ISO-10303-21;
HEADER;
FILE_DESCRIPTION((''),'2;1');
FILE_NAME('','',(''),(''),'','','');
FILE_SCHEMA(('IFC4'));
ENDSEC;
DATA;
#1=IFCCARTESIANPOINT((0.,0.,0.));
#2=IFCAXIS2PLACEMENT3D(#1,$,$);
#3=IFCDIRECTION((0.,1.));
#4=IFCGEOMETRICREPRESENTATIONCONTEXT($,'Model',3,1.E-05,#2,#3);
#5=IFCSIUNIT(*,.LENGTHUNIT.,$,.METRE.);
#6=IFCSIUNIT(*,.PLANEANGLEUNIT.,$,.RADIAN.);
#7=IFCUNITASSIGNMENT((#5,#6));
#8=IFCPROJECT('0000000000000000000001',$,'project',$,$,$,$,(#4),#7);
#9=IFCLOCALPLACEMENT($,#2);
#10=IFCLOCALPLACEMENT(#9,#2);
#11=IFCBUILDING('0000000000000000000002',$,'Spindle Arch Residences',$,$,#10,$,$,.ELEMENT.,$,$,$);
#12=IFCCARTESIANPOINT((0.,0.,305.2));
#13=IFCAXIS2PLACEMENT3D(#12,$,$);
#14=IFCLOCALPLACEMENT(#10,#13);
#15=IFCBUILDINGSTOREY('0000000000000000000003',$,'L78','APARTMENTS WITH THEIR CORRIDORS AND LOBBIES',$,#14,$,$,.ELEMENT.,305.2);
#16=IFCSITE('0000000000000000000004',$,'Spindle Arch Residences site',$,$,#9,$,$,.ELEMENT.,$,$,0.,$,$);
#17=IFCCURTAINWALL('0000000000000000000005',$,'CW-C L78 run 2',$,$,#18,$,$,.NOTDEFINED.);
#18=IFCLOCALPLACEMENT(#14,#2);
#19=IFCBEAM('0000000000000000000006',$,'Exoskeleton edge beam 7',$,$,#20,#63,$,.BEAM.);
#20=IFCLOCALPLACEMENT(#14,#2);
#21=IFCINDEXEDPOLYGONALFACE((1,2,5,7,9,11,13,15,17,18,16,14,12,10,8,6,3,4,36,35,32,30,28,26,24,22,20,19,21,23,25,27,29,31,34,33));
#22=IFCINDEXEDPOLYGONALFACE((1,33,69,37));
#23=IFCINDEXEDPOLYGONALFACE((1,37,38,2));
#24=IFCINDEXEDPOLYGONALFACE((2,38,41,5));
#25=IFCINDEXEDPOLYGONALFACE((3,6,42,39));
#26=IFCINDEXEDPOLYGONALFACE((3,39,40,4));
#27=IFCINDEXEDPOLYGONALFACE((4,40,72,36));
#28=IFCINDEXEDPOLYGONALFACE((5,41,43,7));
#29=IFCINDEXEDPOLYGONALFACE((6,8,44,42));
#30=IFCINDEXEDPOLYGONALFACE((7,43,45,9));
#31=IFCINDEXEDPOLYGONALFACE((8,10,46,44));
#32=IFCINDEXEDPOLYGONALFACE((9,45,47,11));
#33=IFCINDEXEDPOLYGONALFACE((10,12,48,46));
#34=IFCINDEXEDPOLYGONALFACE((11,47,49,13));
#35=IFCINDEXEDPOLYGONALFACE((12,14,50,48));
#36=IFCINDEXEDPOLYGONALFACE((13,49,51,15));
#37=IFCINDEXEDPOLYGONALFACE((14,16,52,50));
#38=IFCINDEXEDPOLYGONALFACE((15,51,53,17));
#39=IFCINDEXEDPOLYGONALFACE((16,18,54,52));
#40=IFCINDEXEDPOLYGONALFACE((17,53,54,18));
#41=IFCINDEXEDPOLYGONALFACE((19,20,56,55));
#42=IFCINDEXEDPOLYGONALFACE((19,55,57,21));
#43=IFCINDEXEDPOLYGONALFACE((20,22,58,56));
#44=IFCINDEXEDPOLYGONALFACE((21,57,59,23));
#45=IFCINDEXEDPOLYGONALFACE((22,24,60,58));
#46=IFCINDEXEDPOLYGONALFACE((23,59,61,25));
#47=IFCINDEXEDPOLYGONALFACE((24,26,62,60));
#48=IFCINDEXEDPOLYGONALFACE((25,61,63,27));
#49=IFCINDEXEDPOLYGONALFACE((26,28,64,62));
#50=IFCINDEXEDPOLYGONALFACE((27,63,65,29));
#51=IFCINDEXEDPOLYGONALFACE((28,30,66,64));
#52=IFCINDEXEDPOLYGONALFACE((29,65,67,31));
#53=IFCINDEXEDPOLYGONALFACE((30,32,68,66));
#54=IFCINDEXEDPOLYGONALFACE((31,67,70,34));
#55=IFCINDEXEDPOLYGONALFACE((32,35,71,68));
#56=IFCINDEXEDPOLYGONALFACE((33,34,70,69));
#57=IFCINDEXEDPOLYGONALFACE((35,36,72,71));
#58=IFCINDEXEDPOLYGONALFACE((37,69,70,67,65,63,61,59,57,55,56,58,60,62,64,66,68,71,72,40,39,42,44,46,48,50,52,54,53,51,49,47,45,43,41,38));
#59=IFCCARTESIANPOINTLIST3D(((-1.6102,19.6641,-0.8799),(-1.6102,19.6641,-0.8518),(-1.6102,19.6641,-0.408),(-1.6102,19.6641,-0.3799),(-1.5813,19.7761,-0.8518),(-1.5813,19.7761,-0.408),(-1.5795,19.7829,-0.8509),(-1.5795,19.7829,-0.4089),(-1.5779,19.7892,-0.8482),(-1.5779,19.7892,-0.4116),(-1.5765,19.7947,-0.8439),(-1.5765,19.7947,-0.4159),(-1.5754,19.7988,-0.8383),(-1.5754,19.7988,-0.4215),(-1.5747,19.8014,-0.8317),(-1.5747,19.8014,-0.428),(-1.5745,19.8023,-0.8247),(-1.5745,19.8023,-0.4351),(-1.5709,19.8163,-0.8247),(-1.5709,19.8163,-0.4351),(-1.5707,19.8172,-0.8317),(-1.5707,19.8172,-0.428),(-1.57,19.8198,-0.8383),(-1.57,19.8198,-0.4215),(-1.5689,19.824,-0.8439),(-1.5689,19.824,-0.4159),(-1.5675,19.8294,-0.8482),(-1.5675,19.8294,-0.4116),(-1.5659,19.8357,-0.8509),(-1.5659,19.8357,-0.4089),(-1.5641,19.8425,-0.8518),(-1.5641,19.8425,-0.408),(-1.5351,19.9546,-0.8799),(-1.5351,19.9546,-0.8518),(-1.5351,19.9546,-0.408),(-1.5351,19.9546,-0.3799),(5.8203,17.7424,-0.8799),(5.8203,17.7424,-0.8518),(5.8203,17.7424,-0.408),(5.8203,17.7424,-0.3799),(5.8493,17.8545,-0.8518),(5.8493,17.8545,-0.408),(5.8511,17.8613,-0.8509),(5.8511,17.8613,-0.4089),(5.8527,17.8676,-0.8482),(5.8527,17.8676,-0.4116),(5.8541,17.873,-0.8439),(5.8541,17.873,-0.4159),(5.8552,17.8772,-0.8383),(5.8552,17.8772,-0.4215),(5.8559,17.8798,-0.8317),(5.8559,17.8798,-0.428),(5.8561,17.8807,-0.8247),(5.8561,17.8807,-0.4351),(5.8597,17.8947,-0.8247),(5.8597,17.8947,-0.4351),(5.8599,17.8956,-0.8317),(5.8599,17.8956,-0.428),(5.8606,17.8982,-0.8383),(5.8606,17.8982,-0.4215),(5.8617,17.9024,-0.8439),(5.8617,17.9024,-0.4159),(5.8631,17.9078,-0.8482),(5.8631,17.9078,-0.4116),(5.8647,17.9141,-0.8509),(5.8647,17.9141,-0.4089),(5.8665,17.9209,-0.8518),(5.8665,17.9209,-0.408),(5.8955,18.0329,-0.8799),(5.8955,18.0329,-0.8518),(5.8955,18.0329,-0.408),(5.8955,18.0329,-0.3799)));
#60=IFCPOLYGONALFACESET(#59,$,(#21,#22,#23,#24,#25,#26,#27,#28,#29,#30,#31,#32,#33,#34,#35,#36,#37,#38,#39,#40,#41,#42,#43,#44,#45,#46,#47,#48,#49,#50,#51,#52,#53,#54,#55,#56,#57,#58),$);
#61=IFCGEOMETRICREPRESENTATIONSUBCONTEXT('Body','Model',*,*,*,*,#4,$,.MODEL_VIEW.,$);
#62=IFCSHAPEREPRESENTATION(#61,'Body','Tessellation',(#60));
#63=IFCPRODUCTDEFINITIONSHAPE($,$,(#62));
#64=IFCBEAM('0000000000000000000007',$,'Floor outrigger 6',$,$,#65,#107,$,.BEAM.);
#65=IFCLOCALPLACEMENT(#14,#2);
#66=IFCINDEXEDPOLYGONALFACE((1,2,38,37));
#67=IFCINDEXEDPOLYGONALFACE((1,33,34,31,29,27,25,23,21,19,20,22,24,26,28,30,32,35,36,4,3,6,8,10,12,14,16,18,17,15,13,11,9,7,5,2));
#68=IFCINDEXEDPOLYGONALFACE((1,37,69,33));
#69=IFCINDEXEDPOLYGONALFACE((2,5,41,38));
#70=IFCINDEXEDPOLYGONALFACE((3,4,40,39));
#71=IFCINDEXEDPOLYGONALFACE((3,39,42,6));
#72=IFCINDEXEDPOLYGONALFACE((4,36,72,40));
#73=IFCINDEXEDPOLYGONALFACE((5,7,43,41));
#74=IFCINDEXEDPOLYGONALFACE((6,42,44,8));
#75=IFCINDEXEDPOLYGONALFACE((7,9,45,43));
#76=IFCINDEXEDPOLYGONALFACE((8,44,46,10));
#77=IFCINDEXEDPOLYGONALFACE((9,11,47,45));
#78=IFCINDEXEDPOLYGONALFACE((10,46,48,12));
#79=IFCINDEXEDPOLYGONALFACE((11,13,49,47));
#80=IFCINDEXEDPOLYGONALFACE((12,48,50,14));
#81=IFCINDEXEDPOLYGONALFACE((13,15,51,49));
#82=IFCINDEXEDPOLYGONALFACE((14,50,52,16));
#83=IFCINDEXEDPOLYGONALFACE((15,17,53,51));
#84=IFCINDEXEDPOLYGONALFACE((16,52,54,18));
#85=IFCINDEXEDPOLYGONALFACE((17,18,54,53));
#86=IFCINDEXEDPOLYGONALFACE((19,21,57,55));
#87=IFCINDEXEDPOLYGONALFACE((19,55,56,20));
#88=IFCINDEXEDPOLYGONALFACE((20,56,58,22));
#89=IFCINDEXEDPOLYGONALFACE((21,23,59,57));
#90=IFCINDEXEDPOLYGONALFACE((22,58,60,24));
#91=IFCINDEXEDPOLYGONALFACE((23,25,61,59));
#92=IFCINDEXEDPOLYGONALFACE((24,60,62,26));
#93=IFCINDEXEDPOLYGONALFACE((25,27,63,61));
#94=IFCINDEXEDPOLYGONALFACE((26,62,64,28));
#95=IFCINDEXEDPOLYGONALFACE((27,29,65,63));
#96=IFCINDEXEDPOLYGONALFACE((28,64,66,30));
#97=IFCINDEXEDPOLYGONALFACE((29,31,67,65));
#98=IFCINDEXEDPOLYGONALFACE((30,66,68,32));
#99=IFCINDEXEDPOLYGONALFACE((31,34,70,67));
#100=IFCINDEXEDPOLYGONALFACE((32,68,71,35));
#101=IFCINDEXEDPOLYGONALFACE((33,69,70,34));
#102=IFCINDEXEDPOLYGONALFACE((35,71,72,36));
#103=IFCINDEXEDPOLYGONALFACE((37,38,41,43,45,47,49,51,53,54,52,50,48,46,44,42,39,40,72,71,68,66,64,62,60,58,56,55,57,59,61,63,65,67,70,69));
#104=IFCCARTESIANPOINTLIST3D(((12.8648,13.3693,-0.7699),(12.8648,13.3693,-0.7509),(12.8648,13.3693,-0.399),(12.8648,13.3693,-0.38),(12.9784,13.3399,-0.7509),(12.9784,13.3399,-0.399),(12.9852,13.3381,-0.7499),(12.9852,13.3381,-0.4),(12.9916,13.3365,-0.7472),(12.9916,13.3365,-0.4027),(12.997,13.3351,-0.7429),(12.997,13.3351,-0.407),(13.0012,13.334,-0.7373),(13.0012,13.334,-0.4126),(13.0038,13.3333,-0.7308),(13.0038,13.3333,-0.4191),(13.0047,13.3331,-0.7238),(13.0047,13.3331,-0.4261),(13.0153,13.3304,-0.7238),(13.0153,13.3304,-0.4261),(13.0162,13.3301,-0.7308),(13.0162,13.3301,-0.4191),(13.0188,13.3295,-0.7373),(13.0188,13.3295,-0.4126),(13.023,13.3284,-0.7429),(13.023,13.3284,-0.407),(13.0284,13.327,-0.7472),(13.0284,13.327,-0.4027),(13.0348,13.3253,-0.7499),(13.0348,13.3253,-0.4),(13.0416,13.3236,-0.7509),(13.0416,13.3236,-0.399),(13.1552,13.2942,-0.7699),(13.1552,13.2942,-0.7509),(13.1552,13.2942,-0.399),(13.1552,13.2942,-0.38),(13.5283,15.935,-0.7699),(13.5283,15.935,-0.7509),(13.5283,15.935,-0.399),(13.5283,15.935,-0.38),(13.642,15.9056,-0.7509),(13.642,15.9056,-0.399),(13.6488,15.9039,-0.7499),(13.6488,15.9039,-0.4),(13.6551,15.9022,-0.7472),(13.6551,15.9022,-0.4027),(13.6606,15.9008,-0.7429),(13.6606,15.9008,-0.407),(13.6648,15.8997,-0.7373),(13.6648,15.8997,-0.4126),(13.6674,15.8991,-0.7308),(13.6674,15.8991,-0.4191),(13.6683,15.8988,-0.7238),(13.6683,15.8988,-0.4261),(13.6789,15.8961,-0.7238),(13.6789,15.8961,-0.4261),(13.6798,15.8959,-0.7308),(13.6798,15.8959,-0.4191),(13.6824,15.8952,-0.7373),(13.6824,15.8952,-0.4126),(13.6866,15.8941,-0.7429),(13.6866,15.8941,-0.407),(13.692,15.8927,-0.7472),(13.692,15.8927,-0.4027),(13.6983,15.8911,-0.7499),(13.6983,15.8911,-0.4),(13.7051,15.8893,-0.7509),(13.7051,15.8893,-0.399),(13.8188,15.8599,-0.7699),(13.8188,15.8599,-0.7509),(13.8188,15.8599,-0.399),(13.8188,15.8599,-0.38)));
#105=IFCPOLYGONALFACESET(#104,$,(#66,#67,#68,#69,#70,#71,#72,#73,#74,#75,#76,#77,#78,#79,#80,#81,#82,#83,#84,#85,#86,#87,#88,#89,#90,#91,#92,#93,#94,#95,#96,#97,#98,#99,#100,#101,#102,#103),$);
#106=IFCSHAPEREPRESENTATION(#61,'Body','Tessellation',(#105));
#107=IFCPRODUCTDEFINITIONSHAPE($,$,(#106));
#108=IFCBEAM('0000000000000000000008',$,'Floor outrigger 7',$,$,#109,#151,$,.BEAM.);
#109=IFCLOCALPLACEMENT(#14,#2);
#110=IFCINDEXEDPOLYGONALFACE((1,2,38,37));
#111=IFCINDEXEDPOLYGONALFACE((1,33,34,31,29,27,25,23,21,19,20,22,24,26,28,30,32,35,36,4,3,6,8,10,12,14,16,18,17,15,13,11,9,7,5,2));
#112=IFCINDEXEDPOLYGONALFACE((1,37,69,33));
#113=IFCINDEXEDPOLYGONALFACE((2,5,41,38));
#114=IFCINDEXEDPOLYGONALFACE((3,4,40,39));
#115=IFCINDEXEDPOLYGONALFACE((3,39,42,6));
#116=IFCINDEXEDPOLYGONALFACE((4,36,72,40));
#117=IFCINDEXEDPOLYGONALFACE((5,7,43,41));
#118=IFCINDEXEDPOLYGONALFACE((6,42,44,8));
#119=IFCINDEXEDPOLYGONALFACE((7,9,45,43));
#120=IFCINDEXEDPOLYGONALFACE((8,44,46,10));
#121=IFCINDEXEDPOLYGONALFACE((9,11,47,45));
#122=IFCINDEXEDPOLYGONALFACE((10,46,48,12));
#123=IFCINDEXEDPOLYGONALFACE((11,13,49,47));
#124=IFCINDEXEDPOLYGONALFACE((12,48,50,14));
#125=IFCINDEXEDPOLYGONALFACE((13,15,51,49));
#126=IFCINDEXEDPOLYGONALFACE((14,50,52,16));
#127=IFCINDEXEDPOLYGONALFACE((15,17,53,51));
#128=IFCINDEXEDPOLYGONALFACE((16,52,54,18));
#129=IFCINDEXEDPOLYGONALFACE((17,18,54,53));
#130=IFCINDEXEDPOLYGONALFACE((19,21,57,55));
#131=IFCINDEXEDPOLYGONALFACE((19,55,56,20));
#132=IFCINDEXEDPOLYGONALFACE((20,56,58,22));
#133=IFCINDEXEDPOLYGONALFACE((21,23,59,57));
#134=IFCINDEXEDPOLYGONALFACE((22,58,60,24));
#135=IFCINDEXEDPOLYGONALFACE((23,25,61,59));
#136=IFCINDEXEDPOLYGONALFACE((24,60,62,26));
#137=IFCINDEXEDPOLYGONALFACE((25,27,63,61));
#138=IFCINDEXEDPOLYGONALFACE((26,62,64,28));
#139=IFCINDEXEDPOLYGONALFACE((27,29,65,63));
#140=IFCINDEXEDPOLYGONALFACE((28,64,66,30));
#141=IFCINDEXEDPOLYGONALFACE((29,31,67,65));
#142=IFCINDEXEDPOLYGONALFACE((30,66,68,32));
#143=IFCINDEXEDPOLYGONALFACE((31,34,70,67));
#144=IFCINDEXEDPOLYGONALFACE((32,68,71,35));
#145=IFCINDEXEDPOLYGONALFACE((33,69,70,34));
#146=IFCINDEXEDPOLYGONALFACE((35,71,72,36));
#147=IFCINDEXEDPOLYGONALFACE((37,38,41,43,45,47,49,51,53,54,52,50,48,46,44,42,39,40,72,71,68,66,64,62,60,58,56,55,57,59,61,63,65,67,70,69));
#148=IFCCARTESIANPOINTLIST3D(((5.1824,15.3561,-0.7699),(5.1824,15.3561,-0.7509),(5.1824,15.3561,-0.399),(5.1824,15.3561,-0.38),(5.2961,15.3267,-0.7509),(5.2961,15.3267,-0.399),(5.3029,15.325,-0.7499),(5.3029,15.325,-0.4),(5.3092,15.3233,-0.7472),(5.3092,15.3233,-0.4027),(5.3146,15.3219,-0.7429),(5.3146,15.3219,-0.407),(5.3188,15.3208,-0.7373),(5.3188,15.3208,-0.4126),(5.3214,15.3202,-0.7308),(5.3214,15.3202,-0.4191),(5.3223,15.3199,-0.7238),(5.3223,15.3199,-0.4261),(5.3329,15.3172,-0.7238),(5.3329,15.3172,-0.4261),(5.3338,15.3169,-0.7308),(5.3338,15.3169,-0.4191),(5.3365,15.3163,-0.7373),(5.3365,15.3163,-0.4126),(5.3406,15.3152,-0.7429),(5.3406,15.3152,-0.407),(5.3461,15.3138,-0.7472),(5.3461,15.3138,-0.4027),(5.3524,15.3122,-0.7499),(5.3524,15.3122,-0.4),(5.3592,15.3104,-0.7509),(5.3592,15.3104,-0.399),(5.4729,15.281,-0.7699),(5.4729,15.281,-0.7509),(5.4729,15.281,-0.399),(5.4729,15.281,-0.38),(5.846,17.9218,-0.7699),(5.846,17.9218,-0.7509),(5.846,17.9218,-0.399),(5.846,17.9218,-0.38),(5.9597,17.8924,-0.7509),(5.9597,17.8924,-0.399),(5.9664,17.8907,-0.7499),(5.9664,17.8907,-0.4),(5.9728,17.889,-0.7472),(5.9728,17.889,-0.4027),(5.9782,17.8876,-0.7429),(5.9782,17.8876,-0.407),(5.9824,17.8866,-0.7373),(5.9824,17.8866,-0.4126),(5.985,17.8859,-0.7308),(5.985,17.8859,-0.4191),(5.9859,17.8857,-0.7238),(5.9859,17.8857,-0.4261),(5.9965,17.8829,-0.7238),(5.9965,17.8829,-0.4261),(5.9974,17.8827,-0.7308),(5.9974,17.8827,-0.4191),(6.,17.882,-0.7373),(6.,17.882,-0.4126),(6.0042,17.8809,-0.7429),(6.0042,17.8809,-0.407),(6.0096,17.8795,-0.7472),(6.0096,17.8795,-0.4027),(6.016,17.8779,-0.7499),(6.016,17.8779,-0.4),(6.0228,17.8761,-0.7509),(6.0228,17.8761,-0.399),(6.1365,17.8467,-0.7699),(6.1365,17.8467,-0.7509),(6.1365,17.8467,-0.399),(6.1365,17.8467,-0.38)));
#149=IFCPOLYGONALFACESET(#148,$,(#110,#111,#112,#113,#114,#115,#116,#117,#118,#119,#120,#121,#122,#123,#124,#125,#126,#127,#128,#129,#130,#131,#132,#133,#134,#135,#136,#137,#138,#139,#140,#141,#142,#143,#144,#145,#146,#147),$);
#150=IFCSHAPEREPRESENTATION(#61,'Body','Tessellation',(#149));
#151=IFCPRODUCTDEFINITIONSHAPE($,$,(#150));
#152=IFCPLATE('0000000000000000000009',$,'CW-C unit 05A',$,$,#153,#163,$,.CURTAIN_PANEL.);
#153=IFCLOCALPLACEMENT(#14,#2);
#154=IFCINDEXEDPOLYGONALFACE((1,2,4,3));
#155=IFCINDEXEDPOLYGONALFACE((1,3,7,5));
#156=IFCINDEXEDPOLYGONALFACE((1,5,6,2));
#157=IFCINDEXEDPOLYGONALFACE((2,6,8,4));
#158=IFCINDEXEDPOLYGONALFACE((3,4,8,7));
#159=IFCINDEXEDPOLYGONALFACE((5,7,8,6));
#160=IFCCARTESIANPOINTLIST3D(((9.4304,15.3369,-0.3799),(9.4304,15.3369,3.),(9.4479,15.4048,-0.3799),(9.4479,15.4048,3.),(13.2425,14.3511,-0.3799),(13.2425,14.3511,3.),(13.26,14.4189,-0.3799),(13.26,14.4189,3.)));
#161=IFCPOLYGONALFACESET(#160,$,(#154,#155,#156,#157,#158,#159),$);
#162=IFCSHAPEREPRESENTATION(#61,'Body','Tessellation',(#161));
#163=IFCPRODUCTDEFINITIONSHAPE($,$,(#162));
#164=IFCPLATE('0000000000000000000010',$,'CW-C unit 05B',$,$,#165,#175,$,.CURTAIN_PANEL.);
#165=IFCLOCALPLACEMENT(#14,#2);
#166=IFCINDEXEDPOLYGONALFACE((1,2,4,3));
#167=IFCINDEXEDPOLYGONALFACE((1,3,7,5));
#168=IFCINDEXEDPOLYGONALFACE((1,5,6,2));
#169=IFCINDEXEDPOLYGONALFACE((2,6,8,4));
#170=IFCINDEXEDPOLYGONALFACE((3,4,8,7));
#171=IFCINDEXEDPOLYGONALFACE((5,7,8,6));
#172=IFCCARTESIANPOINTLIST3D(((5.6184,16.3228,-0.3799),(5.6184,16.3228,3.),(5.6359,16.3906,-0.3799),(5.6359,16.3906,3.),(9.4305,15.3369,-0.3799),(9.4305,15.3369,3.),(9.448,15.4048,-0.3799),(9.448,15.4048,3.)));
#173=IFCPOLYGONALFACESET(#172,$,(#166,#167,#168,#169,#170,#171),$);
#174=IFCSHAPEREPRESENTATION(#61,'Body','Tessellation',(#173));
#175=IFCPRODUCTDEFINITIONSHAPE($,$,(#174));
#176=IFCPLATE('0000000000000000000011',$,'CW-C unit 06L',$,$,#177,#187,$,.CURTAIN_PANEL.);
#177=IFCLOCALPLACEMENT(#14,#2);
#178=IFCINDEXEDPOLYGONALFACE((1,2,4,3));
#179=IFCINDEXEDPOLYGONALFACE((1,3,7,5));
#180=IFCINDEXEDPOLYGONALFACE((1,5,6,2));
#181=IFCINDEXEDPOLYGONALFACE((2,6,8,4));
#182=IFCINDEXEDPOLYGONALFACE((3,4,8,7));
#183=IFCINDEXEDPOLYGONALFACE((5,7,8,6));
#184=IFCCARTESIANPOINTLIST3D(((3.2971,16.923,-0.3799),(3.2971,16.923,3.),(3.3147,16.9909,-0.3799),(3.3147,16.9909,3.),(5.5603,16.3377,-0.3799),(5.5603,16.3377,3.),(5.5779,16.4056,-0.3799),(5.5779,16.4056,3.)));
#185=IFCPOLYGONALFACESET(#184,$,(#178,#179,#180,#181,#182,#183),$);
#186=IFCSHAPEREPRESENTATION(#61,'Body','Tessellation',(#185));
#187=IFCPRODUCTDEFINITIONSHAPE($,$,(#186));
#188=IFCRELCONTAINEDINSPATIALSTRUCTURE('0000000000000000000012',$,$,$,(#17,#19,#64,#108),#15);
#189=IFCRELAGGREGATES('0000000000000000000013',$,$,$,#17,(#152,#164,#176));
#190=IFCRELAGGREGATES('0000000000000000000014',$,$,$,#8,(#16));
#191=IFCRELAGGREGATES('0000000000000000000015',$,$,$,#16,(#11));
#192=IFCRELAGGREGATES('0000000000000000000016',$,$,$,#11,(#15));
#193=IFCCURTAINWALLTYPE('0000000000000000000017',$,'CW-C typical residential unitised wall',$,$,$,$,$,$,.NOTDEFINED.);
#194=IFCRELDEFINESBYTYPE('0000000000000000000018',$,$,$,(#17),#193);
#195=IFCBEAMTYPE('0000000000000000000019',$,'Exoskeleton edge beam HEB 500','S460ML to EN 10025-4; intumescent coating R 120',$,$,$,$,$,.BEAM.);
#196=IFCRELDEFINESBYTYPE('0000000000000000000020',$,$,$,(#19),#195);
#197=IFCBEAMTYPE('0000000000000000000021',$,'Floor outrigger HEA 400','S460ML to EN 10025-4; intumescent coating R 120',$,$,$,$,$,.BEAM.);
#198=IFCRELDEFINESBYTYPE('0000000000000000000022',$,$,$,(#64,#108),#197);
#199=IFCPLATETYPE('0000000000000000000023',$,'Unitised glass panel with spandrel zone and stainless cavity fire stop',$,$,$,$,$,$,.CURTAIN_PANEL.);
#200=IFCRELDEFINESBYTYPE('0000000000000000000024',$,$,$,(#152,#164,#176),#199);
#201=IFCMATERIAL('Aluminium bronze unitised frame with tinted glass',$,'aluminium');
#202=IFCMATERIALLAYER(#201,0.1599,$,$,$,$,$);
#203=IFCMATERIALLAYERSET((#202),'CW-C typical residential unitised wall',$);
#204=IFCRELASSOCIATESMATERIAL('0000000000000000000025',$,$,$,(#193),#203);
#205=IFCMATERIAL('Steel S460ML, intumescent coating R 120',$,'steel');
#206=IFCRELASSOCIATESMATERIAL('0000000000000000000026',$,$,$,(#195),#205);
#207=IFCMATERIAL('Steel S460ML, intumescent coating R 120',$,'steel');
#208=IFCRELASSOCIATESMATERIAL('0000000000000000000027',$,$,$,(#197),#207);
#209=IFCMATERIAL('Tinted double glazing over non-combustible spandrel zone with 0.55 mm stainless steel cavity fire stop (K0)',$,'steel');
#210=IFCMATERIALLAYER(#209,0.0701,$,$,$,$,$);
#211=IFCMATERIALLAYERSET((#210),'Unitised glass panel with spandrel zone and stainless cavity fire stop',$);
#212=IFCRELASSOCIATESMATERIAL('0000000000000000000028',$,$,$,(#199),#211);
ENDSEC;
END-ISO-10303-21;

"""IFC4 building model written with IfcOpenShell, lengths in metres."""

from ifc_helpers import new_model, si_unit, direction, frame, origin, origin_2d, place, context, subcontext, project, spatial, rectangle, i_section, extrude, material, layer, layer_set, material_profile, profile_set, type_object, element, aggregate, save


model = new_model("IFC4")

# Units and contexts
model_context = context("Model", 3, precision=1e-05, world=origin(), true_north=direction((0.0, 1.0)))
body_context = subcontext(model_context, "Body", "Model", "MODEL_VIEW")
ifc_project = project(units=[si_unit("LENGTHUNIT", "METRE"), si_unit("PLANEANGLEUNIT", "RADIAN")], contexts=[model_context])

# Site, building, storey
site_placement = place(None, origin())
site = spatial("IfcSite", under=ifc_project, at=site_placement, Name="Spindle Arch Residences site", CompositionType="ELEMENT", RefElevation=0.0)
building_placement = place(site_placement, origin())
building = spatial("IfcBuilding", under=site, at=building_placement, Name="Spindle Arch Residences", CompositionType="ELEMENT")
storey_placement = place(building_placement, frame((0.0, 0.0, 305.2)))
storey = spatial("IfcBuildingStorey", under=building, at=storey_placement, Name="L78", Description="APARTMENTS WITH THEIR CORRIDORS AND LOBBIES", CompositionType="ELEMENT", Elevation=305.2)

# Curtain wall
ifc_material_1 = material(Name="Aluminium bronze unitised frame with tinted glass", Category="aluminium")
ifc_layer_1 = layer(ifc_material_1, 0.1599)
ifc_layer_set_1 = layer_set([ifc_layer_1], Name="CW-C typical residential unitised wall")
curtain_wall_type = type_object("IfcCurtainWallType", Name="CW-C typical residential unitised wall", PredefinedType="NOTDEFINED", material=ifc_layer_set_1)
curtain_wall_placement = place(storey_placement, origin())
curtain_wall = element("IfcCurtainWall", 1, at=curtain_wall_placement, inside=storey, type_object=curtain_wall_type, Name="CW-C L78 run 2", PredefinedType="NOTDEFINED")

# Beams
ifc_material_2 = material(Name="Steel S460ML, intumescent coating R 120", Category="steel")
ifc_material_profile_1 = material_profile(ifc_material_2, i_section(OverallWidth=0.3, OverallDepth=0.5, WebThickness=0.0144, FlangeThickness=0.0281, FilletRadius=0.0271, at=origin_2d()), Name="HEB 500")
ifc_profile_set_1 = profile_set([ifc_material_profile_1], Name="Steel S460ML, intumescent coating R 120")
beam_type_1 = type_object("IfcBeamType", Name="Exoskeleton edge beam HEB 500", Description="S460ML to EN 10025-4; intumescent coating R 120", PredefinedType="BEAM", material=ifc_profile_set_1)
for number, where, z_axis, x_axis, name in (
    (2, (5.8579, 17.8877, -0.6299), (-0.96815, 0.250372, 0.0), (-0.250372, -0.96815, 0.0), "Exoskeleton edge beam 7"),
):
    element("IfcBeam", number, at=place(storey_placement, frame(where, z_axis=z_axis, x_axis=x_axis)), inside=storey, type_object=beam_type_1, Name=name, PredefinedType="BEAM", context=body_context, shape_type="SweptSolid", body=[
        extrude(i_section(OverallWidth=0.3, OverallDepth=0.5, WebThickness=0.0144, FlangeThickness=0.0281, FilletRadius=0.0271, at=origin_2d()), origin(), (0.0, 0.0, 1.0), 7.675),
    ])
ifc_material_3 = material(Name="Steel S460ML, intumescent coating R 120", Category="steel")
ifc_material_profile_2 = material_profile(ifc_material_3, i_section(OverallWidth=0.3, OverallDepth=0.3899, WebThickness=0.011, FlangeThickness=0.019, FilletRadius=0.0271, at=origin_2d()), Name="HEA 400")
ifc_profile_set_2 = profile_set([ifc_material_profile_2], Name="Steel S460ML, intumescent coating R 120")
beam_type_2 = type_object("IfcBeamType", Name="Floor outrigger HEA 400", Description="S460ML to EN 10025-4; intumescent coating R 120", PredefinedType="BEAM", material=ifc_profile_set_2)
for number, where, z_axis, x_axis, name in (
    (3, (13.6736, 15.8975, -0.575), (-0.250396, -0.968143, 0.0), (0.968143, -0.250396, 0.0), "Floor outrigger 6"),
    (4, (5.9912, 17.8843, -0.575), (-0.250396, -0.968143, 0.0), (0.968143, -0.250396, 0.0), "Floor outrigger 7"),
):
    element("IfcBeam", number, at=place(storey_placement, frame(where, z_axis=z_axis, x_axis=x_axis)), inside=storey, type_object=beam_type_2, Name=name, PredefinedType="BEAM", context=body_context, shape_type="SweptSolid", body=[
        extrude(i_section(OverallWidth=0.3, OverallDepth=0.3899, WebThickness=0.011, FlangeThickness=0.019, FilletRadius=0.0271, at=origin_2d()), origin(), (0.0, 0.0, 1.0), 2.6501),
    ])

# Plates
ifc_material_4 = material(Name="Tinted double glazing over non-combustible spandrel zone with 0.55 mm stainless steel cavity fire stop (K0)", Category="steel")
ifc_layer_2 = layer(ifc_material_4, 0.0701)
ifc_layer_set_2 = layer_set([ifc_layer_2], Name="Unitised glass panel with spandrel zone and stainless cavity fire stop")
plate_type = type_object("IfcPlateType", Name="Unitised glass panel with spandrel zone and stainless cavity fire stop", PredefinedType="CURTAIN_PANEL", material=ifc_layer_set_2)
plate_1_placement = place(storey_placement, frame((11.3452, 14.8779, -0.3799), z_axis=(0.0, 0.0, 1.0), x_axis=(-0.968148, 0.25038, 0.0)))
plate_1 = element("IfcPlate", 5, at=plate_1_placement, type_object=plate_type, Name="CW-C unit 05A", PredefinedType="CURTAIN_PANEL", context=body_context, shape_type="SweptSolid", body=[
    extrude(rectangle(XDim=3.9375, YDim=0.0701, at=origin_2d()), origin(), (0.0, 0.0, 1.0), 3.3799),
])
plate_2_placement = place(storey_placement, frame((7.5332, 15.8638, -0.3799), z_axis=(0.0, 0.0, 1.0), x_axis=(-0.968148, 0.25038, 0.0)))
plate_2 = element("IfcPlate", 6, at=plate_2_placement, type_object=plate_type, Name="CW-C unit 05B", PredefinedType="CURTAIN_PANEL", context=body_context, shape_type="SweptSolid", body=[
    extrude(rectangle(XDim=3.9375, YDim=0.0701, at=origin_2d()), origin(), (0.0, 0.0, 1.0), 3.3799),
])
plate_3_placement = place(storey_placement, frame((4.4375, 16.6643, -0.3799), z_axis=(0.0, 0.0, 1.0), x_axis=(-0.968148, 0.25038, 0.0)))
plate_3 = element("IfcPlate", 7, at=plate_3_placement, type_object=plate_type, Name="CW-C unit 06L", PredefinedType="CURTAIN_PANEL", context=body_context, shape_type="SweptSolid", body=[
    extrude(rectangle(XDim=2.3376, YDim=0.0701, at=origin_2d()), origin(), (0.0, 0.0, 1.0), 3.3799),
])
aggregate(curtain_wall, [plate_1, plate_2, plate_3])

save(model, "model.ifc")
